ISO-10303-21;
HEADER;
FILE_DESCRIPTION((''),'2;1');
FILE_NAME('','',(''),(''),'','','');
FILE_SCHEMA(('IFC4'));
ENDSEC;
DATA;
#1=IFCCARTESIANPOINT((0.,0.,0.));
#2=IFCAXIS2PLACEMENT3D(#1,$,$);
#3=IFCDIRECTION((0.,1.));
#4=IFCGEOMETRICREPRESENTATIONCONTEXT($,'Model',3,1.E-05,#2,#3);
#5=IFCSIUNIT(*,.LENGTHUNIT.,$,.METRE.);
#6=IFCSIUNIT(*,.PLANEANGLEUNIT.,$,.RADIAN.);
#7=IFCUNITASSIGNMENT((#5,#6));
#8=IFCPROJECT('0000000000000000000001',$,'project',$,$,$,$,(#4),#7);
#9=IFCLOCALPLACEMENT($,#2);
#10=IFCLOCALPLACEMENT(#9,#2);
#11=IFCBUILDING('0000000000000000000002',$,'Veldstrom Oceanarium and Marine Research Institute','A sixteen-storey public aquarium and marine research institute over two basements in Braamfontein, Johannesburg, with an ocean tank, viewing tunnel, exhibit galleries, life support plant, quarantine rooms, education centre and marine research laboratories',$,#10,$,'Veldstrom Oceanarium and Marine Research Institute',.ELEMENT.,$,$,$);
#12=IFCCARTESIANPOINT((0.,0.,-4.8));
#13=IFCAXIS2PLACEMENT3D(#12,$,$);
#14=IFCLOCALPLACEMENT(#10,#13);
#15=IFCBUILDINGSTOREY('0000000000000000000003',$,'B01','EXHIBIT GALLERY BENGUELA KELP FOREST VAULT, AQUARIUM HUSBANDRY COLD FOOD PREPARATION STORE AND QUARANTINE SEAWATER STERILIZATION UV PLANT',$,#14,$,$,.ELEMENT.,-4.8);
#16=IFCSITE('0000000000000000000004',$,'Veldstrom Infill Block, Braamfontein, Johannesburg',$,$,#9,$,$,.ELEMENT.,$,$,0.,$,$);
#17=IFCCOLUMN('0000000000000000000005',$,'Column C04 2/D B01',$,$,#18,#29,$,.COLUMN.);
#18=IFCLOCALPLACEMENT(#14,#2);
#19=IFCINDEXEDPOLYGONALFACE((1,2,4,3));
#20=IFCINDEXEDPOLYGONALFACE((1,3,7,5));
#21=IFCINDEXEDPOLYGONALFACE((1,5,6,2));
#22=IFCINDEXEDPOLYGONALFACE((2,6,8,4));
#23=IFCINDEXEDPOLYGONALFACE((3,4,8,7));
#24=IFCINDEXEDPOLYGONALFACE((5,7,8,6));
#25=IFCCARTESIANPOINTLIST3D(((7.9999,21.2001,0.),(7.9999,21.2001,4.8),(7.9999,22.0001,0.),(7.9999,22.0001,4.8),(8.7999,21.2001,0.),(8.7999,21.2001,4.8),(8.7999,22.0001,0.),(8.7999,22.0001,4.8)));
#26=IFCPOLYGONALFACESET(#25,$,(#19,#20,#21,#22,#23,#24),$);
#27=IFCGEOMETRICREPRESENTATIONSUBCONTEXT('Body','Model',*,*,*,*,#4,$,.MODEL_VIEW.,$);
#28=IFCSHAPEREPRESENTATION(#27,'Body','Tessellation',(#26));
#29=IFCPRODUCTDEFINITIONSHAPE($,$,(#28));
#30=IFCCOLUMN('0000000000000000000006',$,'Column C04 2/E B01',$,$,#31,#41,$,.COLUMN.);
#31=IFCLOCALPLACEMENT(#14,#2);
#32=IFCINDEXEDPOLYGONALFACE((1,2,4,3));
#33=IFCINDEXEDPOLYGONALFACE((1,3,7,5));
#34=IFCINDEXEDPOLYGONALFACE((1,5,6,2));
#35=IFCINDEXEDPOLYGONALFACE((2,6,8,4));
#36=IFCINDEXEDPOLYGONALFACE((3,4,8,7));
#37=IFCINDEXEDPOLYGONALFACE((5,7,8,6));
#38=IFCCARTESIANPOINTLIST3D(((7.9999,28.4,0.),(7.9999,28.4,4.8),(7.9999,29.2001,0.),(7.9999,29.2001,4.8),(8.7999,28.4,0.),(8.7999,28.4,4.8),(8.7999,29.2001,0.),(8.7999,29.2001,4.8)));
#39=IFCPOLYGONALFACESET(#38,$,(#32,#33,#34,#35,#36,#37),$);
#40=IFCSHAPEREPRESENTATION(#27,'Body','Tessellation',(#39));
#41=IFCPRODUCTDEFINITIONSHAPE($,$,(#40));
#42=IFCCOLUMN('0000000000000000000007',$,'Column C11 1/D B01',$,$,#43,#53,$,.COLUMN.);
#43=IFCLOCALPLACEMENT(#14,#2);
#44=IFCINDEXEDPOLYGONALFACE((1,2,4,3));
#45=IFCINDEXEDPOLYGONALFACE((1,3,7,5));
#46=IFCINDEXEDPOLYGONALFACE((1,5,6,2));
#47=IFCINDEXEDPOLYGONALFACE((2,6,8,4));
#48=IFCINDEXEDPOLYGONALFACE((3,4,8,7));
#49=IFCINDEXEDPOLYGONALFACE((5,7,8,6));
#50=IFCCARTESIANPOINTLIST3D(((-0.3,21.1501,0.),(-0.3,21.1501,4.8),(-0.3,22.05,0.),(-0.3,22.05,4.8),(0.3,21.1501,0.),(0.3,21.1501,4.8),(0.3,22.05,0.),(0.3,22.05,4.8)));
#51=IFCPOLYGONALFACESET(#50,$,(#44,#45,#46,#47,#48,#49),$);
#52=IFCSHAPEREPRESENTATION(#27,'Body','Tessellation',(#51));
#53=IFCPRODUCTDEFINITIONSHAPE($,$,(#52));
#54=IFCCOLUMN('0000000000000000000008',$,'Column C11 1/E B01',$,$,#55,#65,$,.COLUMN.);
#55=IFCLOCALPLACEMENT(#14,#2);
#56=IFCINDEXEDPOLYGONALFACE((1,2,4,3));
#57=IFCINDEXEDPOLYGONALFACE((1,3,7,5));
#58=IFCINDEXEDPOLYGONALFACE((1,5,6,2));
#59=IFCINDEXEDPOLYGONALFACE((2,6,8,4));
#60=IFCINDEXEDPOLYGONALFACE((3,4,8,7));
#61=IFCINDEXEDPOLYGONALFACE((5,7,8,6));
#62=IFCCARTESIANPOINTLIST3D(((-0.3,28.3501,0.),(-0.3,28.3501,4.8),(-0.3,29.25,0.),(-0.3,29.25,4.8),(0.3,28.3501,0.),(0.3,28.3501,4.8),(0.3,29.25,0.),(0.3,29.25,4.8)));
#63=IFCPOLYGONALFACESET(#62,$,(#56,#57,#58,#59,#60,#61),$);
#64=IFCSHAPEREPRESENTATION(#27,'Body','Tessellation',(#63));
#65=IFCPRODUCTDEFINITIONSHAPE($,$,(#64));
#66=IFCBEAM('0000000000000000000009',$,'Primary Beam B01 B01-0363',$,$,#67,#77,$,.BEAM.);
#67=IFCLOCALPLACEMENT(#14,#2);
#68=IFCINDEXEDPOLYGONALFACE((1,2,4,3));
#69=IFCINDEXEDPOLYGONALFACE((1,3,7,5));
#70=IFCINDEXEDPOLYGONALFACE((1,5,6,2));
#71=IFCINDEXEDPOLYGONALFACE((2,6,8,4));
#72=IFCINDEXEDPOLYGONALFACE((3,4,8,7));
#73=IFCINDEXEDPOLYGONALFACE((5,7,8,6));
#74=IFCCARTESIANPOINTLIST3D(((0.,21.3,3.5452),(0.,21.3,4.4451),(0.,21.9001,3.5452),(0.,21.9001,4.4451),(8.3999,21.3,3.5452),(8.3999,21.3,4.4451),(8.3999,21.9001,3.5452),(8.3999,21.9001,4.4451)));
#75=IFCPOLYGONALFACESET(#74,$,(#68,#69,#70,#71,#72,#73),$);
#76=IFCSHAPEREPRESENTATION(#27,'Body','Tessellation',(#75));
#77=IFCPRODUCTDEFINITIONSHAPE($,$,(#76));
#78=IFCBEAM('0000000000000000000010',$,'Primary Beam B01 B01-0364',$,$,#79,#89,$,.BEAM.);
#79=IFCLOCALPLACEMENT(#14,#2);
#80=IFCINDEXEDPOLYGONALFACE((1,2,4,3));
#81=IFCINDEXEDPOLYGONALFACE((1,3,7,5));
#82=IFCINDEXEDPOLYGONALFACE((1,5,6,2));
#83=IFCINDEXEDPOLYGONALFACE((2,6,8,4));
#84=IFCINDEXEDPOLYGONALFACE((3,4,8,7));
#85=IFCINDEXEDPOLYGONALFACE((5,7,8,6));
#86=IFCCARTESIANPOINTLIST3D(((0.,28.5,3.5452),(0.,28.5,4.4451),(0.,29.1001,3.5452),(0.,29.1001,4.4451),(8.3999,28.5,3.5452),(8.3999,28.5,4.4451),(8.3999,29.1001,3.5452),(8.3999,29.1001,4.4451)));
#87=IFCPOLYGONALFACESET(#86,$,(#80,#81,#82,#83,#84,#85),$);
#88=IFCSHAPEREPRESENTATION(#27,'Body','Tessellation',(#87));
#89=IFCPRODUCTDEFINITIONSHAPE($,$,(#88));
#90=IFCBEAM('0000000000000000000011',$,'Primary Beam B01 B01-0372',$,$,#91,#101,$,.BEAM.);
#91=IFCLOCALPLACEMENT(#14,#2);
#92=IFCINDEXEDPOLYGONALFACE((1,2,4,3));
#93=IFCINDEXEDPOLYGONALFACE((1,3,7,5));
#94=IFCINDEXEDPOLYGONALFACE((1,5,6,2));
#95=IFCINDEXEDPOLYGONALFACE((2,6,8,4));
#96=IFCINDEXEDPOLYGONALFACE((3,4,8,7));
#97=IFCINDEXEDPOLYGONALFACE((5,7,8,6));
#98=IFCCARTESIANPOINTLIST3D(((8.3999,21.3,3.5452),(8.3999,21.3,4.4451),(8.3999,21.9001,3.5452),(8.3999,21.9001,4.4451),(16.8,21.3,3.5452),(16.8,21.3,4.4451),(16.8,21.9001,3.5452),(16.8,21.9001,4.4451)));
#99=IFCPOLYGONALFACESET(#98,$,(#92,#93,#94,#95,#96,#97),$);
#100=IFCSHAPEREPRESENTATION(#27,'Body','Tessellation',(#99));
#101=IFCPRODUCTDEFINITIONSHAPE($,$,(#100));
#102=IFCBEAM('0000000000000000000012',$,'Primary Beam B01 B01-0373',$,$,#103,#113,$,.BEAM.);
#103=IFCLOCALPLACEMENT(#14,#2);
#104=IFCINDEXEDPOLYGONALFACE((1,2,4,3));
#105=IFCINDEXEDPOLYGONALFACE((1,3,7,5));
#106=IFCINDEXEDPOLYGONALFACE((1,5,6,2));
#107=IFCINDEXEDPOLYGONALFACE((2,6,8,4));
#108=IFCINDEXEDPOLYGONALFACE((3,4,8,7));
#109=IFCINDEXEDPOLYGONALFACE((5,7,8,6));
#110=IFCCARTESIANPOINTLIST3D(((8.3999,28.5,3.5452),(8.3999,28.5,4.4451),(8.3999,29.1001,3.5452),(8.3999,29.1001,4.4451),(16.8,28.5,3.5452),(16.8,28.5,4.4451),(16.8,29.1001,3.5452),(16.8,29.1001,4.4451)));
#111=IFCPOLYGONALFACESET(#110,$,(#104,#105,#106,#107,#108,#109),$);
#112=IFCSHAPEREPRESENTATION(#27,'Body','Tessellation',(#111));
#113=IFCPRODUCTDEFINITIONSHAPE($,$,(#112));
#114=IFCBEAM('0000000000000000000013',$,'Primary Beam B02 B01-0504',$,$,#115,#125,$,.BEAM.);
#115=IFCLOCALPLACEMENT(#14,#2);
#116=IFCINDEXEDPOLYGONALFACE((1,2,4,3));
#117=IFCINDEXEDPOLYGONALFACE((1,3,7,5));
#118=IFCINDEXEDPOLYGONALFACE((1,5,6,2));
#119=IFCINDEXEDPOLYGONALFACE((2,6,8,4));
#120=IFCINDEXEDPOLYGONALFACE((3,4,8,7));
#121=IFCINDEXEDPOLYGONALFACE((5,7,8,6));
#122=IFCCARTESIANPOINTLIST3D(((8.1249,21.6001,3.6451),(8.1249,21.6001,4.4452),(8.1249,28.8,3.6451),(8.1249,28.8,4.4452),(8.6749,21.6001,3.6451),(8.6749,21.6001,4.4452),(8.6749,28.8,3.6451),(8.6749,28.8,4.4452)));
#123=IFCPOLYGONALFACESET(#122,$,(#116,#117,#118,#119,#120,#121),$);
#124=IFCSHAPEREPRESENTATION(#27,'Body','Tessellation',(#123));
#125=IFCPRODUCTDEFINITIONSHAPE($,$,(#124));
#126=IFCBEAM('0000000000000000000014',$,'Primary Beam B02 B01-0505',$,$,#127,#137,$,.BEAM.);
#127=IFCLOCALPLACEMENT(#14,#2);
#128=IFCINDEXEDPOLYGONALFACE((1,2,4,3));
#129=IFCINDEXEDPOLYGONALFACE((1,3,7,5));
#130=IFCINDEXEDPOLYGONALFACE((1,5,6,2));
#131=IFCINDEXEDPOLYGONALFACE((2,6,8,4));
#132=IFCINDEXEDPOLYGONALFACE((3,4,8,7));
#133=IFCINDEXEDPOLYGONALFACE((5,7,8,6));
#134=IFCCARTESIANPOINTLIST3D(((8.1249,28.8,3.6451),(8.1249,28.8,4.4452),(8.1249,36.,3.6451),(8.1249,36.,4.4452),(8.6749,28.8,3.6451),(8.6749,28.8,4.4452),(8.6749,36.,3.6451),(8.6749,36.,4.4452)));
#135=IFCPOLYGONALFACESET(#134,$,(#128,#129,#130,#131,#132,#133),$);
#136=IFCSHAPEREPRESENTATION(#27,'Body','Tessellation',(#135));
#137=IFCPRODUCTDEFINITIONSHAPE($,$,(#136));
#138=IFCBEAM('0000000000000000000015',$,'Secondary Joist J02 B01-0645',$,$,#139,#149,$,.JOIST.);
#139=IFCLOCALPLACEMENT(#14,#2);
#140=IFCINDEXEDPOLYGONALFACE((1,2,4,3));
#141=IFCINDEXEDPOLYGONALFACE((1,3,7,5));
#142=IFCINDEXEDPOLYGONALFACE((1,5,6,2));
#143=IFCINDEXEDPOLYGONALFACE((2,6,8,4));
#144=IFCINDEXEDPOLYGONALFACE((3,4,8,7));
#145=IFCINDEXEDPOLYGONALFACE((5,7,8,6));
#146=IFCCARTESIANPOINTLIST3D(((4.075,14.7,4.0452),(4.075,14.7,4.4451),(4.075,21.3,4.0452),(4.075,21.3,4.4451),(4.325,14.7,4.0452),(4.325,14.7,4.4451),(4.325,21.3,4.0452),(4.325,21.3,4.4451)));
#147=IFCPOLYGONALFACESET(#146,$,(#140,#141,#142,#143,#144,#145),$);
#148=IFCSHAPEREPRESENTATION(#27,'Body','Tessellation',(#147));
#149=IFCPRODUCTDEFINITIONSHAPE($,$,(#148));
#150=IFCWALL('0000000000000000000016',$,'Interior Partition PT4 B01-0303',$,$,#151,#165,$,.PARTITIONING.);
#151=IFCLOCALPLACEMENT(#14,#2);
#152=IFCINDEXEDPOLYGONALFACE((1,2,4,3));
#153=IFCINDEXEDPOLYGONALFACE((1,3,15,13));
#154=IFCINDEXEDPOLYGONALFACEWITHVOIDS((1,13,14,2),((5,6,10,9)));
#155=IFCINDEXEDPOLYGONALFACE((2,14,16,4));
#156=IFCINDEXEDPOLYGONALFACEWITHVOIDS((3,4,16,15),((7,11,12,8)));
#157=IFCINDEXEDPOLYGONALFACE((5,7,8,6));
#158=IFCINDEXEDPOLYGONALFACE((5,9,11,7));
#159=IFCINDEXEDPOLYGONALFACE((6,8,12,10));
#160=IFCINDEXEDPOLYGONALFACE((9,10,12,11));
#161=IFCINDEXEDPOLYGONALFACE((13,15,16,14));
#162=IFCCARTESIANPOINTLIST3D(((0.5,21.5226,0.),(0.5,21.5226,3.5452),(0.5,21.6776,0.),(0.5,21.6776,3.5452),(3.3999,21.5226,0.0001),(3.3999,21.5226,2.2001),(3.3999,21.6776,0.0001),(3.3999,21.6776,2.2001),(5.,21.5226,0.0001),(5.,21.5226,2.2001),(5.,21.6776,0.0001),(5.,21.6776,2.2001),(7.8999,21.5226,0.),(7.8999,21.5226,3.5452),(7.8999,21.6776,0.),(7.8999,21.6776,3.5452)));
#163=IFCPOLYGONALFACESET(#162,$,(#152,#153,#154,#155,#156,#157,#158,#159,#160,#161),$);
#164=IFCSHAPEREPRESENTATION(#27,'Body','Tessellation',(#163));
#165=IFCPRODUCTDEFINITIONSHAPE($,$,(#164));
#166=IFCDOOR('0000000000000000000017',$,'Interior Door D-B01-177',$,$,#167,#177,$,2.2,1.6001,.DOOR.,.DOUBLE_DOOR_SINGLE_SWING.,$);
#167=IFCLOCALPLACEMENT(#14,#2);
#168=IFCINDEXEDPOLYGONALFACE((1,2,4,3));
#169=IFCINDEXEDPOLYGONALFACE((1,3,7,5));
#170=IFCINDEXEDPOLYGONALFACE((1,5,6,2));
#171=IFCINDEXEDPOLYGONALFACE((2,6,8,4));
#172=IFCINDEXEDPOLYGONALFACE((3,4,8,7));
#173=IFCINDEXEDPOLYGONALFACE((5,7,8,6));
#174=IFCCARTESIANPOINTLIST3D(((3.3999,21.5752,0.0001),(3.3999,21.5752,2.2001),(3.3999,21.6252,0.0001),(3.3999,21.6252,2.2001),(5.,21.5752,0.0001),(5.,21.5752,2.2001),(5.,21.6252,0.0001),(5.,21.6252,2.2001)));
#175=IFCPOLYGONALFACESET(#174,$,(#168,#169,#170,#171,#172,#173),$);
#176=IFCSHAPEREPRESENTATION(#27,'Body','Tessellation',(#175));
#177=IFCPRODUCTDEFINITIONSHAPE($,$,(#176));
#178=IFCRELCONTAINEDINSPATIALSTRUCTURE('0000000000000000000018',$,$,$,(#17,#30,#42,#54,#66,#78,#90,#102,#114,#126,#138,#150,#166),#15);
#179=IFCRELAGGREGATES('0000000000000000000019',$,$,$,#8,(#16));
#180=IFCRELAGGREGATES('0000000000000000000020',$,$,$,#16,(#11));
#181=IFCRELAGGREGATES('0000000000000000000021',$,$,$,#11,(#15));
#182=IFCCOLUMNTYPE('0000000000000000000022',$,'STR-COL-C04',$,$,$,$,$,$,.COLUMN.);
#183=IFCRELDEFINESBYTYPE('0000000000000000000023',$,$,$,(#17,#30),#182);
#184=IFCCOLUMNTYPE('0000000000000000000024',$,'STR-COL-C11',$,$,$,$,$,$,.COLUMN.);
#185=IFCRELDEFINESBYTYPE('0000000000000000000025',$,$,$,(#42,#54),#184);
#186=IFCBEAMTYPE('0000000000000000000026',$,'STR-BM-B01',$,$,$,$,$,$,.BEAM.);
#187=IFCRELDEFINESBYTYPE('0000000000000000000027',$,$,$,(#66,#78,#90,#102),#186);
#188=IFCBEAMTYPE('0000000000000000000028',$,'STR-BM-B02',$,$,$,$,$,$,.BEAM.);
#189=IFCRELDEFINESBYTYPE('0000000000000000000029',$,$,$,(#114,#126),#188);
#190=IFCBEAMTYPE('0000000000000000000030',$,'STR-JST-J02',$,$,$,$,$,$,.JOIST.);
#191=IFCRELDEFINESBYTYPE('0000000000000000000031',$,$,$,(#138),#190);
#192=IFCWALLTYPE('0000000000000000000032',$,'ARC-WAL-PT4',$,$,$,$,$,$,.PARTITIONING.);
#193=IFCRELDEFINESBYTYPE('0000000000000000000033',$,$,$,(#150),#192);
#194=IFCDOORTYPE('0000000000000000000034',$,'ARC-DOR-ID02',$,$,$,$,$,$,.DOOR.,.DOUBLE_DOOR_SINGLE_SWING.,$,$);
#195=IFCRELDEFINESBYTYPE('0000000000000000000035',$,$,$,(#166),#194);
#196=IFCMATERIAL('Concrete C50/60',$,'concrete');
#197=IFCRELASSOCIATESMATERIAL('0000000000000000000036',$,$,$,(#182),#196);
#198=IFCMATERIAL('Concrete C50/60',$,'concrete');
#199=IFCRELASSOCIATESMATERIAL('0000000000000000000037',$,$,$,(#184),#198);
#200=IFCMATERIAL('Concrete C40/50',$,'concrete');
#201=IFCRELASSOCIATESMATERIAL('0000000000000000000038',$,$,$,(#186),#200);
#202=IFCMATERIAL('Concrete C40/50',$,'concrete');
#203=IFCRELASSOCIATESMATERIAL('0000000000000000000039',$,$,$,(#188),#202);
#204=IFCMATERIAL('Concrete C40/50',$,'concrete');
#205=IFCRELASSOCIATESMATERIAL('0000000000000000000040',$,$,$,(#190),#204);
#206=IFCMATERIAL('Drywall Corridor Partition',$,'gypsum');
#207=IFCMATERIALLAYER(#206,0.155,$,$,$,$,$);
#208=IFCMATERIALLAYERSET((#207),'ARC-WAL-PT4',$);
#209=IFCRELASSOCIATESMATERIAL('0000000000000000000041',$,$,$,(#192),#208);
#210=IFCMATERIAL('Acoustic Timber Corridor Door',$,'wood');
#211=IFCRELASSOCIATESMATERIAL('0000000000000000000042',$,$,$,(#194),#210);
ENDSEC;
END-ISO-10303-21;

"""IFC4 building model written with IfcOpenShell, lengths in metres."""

from ifc_helpers import new_model, si_unit, direction, frame, frame_2d, origin, origin_2d, place, context, subcontext, project, spatial, rectangle, extrude, material, layer, layer_set, material_profile, profile_set, type_object, element, fill, save


model = new_model("IFC4")

# Units and contexts
model_context = context("Model", 3, precision=1e-05, world=origin(), true_north=direction((0.0, 1.0)))
body_context = subcontext(model_context, "Body", "Model", "MODEL_VIEW")
ifc_project = project(units=[si_unit("LENGTHUNIT", "METRE"), si_unit("PLANEANGLEUNIT", "RADIAN")], contexts=[model_context])

# Site, building, storey
site_placement = place(None, origin())
site = spatial("IfcSite", under=ifc_project, at=site_placement, Name="Veldstrom Infill Block, Braamfontein, Johannesburg", CompositionType="ELEMENT", RefElevation=0.0)
building_placement = place(site_placement, origin())
building = spatial("IfcBuilding", under=site, at=building_placement, Name="Veldstrom Oceanarium and Marine Research Institute", Description="A sixteen-storey public aquarium and marine research institute over two basements in Braamfontein, Johannesburg, with an ocean tank, viewing tunnel, exhibit galleries, life support plant, quarantine rooms, education centre and marine research laboratories", LongName="Veldstrom Oceanarium and Marine Research Institute", CompositionType="ELEMENT")
storey_placement = place(building_placement, frame((0.0, 0.0, -4.8)))
storey = spatial("IfcBuildingStorey", under=building, at=storey_placement, Name="B01", Description="EXHIBIT GALLERY BENGUELA KELP FOREST VAULT, AQUARIUM HUSBANDRY COLD FOOD PREPARATION STORE AND QUARANTINE SEAWATER STERILIZATION UV PLANT", CompositionType="ELEMENT", Elevation=-4.8)

# Columns
ifc_material_1 = material(Name="Concrete C50/60", Category="concrete")
ifc_material_profile_1 = material_profile(ifc_material_1, rectangle(XDim=0.8, YDim=0.8, at=origin_2d()), Name="RC-COL-800x800")
ifc_profile_set_1 = profile_set([ifc_material_profile_1], Name="Concrete C50/60")
column_type_1 = type_object("IfcColumnType", Name="STR-COL-C04", PredefinedType="COLUMN", material=ifc_profile_set_1)
for number, where, z_axis, x_axis, name in (
    (1, (8.3999, 21.6001, 0.0), (0.0, 0.0, 1.0), (1.0, 0.0, 0.0), "Column C04 2/D B01"),
    (2, (8.3999, 28.8, 0.0), (0.0, 0.0, 1.0), (1.0, 0.0, 0.0), "Column C04 2/E B01"),
):
    element("IfcColumn", number, at=place(storey_placement, frame(where, z_axis=z_axis, x_axis=x_axis)), inside=storey, type_object=column_type_1, Name=name, PredefinedType="COLUMN", context=body_context, shape_type="SweptSolid", body=[
        extrude(rectangle(XDim=0.8, YDim=0.8, at=origin_2d()), origin(), (0.0, 0.0, 1.0), 4.8),
    ])
ifc_material_2 = material(Name="Concrete C50/60", Category="concrete")
ifc_material_profile_2 = material_profile(ifc_material_2, rectangle(XDim=0.6001, YDim=0.8999, at=origin_2d()), Name="RC-COL-900x600")
ifc_profile_set_2 = profile_set([ifc_material_profile_2], Name="Concrete C50/60")
column_type_2 = type_object("IfcColumnType", Name="STR-COL-C11", PredefinedType="COLUMN", material=ifc_profile_set_2)
for number, where, z_axis, x_axis, name in (
    (3, (0.0, 21.6001, 0.0), (0.0, 0.0, 1.0), (1.0, 0.0, 0.0), "Column C11 1/D B01"),
    (4, (0.0, 28.8, 0.0), (0.0, 0.0, 1.0), (1.0, 0.0, 0.0), "Column C11 1/E B01"),
):
    element("IfcColumn", number, at=place(storey_placement, frame(where, z_axis=z_axis, x_axis=x_axis)), inside=storey, type_object=column_type_2, Name=name, PredefinedType="COLUMN", context=body_context, shape_type="SweptSolid", body=[
        extrude(rectangle(XDim=0.6001, YDim=0.8999, at=origin_2d()), origin(), (0.0, 0.0, 1.0), 4.8),
    ])

# Beams
ifc_material_3 = material(Name="Concrete C40/50", Category="concrete")
ifc_material_profile_3 = material_profile(ifc_material_3, rectangle(XDim=0.6001, YDim=0.8999, at=origin_2d()), Name="RC-BM-600x900")
ifc_profile_set_3 = profile_set([ifc_material_profile_3], Name="Concrete C40/50")
beam_type_1 = type_object("IfcBeamType", Name="STR-BM-B01", PredefinedType="BEAM", material=ifc_profile_set_3)
for number, where, z_axis, x_axis, name in (
    (5, (0.0, 21.6001, 3.9951), (1.0, 0.0, 0.0), (0.0, 1.0, 0.0), "Primary Beam B01 B01-0363"),
    (6, (0.0, 28.8, 3.9951), (1.0, 0.0, 0.0), (0.0, 1.0, 0.0), "Primary Beam B01 B01-0364"),
):
    element("IfcBeam", number, at=place(storey_placement, frame(where, z_axis=z_axis, x_axis=x_axis)), inside=storey, type_object=beam_type_1, Name=name, PredefinedType="BEAM", context=body_context, shape_type="SweptSolid", body=[
        extrude(rectangle(XDim=0.6001, YDim=0.8999, at=origin_2d()), origin(), (0.0, 0.0, 1.0), 8.3999),
    ])
for number, where, z_axis, x_axis, name in (
    (7, (8.3999, 21.6001, 3.9951), (1.0, 0.0, 0.0), (0.0, 1.0, 0.0), "Primary Beam B01 B01-0372"),
    (8, (8.3999, 28.8, 3.9951), (1.0, 0.0, 0.0), (0.0, 1.0, 0.0), "Primary Beam B01 B01-0373"),
):
    element("IfcBeam", number, at=place(storey_placement, frame(where, z_axis=z_axis, x_axis=x_axis)), inside=storey, type_object=beam_type_1, Name=name, PredefinedType="BEAM", context=body_context, shape_type="SweptSolid", body=[
        extrude(rectangle(XDim=0.6001, YDim=0.8999, at=origin_2d()), origin(), (0.0, 0.0, 1.0), 8.4001),
    ])
ifc_material_4 = material(Name="Concrete C40/50", Category="concrete")
ifc_material_profile_4 = material_profile(ifc_material_4, rectangle(XDim=0.55, YDim=0.8, at=origin_2d()), Name="RC-BM-550x800")
ifc_profile_set_4 = profile_set([ifc_material_profile_4], Name="Concrete C40/50")
beam_type_2 = type_object("IfcBeamType", Name="STR-BM-B02", PredefinedType="BEAM", material=ifc_profile_set_4)
for number, where, z_axis, x_axis, name in (
    (9, (8.3999, 21.6001, 4.0452), (0.0, 1.0, 0.0), (-1.0, 0.0, 0.0), "Primary Beam B02 B01-0504"),
    (10, (8.3999, 28.8, 4.0452), (0.0, 1.0, 0.0), (-1.0, 0.0, 0.0), "Primary Beam B02 B01-0505"),
):
    element("IfcBeam", number, at=place(storey_placement, frame(where, z_axis=z_axis, x_axis=x_axis)), inside=storey, type_object=beam_type_2, Name=name, PredefinedType="BEAM", context=body_context, shape_type="SweptSolid", body=[
        extrude(rectangle(XDim=0.55, YDim=0.8, at=origin_2d()), origin(), (0.0, 0.0, 1.0), 7.2),
    ])
ifc_material_5 = material(Name="Concrete C40/50", Category="concrete")
ifc_material_profile_5 = material_profile(ifc_material_5, rectangle(XDim=0.25, YDim=0.3999, at=origin_2d()), Name="RC-JST-250x400")
ifc_profile_set_5 = profile_set([ifc_material_profile_5], Name="Concrete C40/50")
beam_type_3 = type_object("IfcBeamType", Name="STR-JST-J02", PredefinedType="JOIST", material=ifc_profile_set_5)
beam_placement = place(storey_placement, frame((4.2, 14.7, 4.2451), z_axis=(0.0, 1.0, 0.0), x_axis=(-1.0, 0.0, 0.0)))
element("IfcBeam", 11, at=beam_placement, inside=storey, type_object=beam_type_3, Name="Secondary Joist J02 B01-0645", PredefinedType="JOIST", context=body_context, shape_type="SweptSolid", body=[
    extrude(rectangle(XDim=0.25, YDim=0.3999, at=origin_2d()), origin(), (0.0, 0.0, 1.0), 6.6001),
])

# Wall, opening, door
ifc_material_6 = material(Name="Drywall Corridor Partition", Category="gypsum")
ifc_layer_1 = layer(ifc_material_6, 0.155)
ifc_layer_set_1 = layer_set([ifc_layer_1], Name="ARC-WAL-PT4")
wall_type_1 = type_object("IfcWallType", Name="ARC-WAL-PT4", PredefinedType="PARTITIONING", material=ifc_layer_set_1)
wall_1_placement = place(storey_placement, frame((0.5, 21.6001, 0.0), z_axis=(0.0, 0.0, 1.0), x_axis=(1.0, 0.0, 0.0)))
wall_1 = element("IfcWall", 12, at=wall_1_placement, inside=storey, type_object=wall_type_1, Name="Interior Partition PT4 B01-0303", PredefinedType="PARTITIONING", context=body_context, shape_type="SweptSolid", body=[
    extrude(rectangle(XDim=7.3999, YDim=0.155, at=frame_2d((3.7, 0.0))), origin(), (0.0, 0.0, 1.0), 3.5452),
])
opening_1_placement = place(wall_1_placement, frame((2.8999, 0.0, 0.0)))
opening_1 = element("IfcOpeningElement", 13, at=opening_1_placement, cuts=wall_1, PredefinedType="OPENING", context=body_context, shape_type="SweptSolid", body=[
    extrude(rectangle(XDim=1.6001, YDim=2.2, at=frame_2d((0.8, 1.1001))), frame((0.0, 0.0874, 0.0), z_axis=(0.0, -1.0, 0.0), x_axis=(1.0, 0.0, 0.0)), (0.0, 0.0, 1.0), 0.175),
])
ifc_material_7 = material(Name="Acoustic Timber Corridor Door", Category="wood")
door_type_1 = type_object("IfcDoorType", Name="ARC-DOR-ID02", OperationType="DOUBLE_DOOR_SINGLE_SWING", PredefinedType="DOOR", material=ifc_material_7)
door_1_placement = place(opening_1_placement, frame((1.6001, 0.0, 0.0), z_axis=(0.0, 0.0, 1.0), x_axis=(-1.0, 0.0, 0.0)))
door_1 = element("IfcDoor", 14, at=door_1_placement, inside=storey, type_object=door_type_1, Name="Interior Door D-B01-177", OperationType="DOUBLE_DOOR_SINGLE_SWING", OverallHeight=2.2, OverallWidth=1.6001, PredefinedType="DOOR", context=body_context, shape_type="SweptSolid", body=[
    extrude(rectangle(XDim=1.6001, YDim=2.2, at=frame_2d((0.8, 1.1001))), frame((0.0, 0.0249, 0.0), z_axis=(0.0, -1.0, 0.0), x_axis=(1.0, 0.0, 0.0)), (0.0, 0.0, 1.0), 0.05),
])
fill(opening_1, door_1)

save(model, "model.ifc")
